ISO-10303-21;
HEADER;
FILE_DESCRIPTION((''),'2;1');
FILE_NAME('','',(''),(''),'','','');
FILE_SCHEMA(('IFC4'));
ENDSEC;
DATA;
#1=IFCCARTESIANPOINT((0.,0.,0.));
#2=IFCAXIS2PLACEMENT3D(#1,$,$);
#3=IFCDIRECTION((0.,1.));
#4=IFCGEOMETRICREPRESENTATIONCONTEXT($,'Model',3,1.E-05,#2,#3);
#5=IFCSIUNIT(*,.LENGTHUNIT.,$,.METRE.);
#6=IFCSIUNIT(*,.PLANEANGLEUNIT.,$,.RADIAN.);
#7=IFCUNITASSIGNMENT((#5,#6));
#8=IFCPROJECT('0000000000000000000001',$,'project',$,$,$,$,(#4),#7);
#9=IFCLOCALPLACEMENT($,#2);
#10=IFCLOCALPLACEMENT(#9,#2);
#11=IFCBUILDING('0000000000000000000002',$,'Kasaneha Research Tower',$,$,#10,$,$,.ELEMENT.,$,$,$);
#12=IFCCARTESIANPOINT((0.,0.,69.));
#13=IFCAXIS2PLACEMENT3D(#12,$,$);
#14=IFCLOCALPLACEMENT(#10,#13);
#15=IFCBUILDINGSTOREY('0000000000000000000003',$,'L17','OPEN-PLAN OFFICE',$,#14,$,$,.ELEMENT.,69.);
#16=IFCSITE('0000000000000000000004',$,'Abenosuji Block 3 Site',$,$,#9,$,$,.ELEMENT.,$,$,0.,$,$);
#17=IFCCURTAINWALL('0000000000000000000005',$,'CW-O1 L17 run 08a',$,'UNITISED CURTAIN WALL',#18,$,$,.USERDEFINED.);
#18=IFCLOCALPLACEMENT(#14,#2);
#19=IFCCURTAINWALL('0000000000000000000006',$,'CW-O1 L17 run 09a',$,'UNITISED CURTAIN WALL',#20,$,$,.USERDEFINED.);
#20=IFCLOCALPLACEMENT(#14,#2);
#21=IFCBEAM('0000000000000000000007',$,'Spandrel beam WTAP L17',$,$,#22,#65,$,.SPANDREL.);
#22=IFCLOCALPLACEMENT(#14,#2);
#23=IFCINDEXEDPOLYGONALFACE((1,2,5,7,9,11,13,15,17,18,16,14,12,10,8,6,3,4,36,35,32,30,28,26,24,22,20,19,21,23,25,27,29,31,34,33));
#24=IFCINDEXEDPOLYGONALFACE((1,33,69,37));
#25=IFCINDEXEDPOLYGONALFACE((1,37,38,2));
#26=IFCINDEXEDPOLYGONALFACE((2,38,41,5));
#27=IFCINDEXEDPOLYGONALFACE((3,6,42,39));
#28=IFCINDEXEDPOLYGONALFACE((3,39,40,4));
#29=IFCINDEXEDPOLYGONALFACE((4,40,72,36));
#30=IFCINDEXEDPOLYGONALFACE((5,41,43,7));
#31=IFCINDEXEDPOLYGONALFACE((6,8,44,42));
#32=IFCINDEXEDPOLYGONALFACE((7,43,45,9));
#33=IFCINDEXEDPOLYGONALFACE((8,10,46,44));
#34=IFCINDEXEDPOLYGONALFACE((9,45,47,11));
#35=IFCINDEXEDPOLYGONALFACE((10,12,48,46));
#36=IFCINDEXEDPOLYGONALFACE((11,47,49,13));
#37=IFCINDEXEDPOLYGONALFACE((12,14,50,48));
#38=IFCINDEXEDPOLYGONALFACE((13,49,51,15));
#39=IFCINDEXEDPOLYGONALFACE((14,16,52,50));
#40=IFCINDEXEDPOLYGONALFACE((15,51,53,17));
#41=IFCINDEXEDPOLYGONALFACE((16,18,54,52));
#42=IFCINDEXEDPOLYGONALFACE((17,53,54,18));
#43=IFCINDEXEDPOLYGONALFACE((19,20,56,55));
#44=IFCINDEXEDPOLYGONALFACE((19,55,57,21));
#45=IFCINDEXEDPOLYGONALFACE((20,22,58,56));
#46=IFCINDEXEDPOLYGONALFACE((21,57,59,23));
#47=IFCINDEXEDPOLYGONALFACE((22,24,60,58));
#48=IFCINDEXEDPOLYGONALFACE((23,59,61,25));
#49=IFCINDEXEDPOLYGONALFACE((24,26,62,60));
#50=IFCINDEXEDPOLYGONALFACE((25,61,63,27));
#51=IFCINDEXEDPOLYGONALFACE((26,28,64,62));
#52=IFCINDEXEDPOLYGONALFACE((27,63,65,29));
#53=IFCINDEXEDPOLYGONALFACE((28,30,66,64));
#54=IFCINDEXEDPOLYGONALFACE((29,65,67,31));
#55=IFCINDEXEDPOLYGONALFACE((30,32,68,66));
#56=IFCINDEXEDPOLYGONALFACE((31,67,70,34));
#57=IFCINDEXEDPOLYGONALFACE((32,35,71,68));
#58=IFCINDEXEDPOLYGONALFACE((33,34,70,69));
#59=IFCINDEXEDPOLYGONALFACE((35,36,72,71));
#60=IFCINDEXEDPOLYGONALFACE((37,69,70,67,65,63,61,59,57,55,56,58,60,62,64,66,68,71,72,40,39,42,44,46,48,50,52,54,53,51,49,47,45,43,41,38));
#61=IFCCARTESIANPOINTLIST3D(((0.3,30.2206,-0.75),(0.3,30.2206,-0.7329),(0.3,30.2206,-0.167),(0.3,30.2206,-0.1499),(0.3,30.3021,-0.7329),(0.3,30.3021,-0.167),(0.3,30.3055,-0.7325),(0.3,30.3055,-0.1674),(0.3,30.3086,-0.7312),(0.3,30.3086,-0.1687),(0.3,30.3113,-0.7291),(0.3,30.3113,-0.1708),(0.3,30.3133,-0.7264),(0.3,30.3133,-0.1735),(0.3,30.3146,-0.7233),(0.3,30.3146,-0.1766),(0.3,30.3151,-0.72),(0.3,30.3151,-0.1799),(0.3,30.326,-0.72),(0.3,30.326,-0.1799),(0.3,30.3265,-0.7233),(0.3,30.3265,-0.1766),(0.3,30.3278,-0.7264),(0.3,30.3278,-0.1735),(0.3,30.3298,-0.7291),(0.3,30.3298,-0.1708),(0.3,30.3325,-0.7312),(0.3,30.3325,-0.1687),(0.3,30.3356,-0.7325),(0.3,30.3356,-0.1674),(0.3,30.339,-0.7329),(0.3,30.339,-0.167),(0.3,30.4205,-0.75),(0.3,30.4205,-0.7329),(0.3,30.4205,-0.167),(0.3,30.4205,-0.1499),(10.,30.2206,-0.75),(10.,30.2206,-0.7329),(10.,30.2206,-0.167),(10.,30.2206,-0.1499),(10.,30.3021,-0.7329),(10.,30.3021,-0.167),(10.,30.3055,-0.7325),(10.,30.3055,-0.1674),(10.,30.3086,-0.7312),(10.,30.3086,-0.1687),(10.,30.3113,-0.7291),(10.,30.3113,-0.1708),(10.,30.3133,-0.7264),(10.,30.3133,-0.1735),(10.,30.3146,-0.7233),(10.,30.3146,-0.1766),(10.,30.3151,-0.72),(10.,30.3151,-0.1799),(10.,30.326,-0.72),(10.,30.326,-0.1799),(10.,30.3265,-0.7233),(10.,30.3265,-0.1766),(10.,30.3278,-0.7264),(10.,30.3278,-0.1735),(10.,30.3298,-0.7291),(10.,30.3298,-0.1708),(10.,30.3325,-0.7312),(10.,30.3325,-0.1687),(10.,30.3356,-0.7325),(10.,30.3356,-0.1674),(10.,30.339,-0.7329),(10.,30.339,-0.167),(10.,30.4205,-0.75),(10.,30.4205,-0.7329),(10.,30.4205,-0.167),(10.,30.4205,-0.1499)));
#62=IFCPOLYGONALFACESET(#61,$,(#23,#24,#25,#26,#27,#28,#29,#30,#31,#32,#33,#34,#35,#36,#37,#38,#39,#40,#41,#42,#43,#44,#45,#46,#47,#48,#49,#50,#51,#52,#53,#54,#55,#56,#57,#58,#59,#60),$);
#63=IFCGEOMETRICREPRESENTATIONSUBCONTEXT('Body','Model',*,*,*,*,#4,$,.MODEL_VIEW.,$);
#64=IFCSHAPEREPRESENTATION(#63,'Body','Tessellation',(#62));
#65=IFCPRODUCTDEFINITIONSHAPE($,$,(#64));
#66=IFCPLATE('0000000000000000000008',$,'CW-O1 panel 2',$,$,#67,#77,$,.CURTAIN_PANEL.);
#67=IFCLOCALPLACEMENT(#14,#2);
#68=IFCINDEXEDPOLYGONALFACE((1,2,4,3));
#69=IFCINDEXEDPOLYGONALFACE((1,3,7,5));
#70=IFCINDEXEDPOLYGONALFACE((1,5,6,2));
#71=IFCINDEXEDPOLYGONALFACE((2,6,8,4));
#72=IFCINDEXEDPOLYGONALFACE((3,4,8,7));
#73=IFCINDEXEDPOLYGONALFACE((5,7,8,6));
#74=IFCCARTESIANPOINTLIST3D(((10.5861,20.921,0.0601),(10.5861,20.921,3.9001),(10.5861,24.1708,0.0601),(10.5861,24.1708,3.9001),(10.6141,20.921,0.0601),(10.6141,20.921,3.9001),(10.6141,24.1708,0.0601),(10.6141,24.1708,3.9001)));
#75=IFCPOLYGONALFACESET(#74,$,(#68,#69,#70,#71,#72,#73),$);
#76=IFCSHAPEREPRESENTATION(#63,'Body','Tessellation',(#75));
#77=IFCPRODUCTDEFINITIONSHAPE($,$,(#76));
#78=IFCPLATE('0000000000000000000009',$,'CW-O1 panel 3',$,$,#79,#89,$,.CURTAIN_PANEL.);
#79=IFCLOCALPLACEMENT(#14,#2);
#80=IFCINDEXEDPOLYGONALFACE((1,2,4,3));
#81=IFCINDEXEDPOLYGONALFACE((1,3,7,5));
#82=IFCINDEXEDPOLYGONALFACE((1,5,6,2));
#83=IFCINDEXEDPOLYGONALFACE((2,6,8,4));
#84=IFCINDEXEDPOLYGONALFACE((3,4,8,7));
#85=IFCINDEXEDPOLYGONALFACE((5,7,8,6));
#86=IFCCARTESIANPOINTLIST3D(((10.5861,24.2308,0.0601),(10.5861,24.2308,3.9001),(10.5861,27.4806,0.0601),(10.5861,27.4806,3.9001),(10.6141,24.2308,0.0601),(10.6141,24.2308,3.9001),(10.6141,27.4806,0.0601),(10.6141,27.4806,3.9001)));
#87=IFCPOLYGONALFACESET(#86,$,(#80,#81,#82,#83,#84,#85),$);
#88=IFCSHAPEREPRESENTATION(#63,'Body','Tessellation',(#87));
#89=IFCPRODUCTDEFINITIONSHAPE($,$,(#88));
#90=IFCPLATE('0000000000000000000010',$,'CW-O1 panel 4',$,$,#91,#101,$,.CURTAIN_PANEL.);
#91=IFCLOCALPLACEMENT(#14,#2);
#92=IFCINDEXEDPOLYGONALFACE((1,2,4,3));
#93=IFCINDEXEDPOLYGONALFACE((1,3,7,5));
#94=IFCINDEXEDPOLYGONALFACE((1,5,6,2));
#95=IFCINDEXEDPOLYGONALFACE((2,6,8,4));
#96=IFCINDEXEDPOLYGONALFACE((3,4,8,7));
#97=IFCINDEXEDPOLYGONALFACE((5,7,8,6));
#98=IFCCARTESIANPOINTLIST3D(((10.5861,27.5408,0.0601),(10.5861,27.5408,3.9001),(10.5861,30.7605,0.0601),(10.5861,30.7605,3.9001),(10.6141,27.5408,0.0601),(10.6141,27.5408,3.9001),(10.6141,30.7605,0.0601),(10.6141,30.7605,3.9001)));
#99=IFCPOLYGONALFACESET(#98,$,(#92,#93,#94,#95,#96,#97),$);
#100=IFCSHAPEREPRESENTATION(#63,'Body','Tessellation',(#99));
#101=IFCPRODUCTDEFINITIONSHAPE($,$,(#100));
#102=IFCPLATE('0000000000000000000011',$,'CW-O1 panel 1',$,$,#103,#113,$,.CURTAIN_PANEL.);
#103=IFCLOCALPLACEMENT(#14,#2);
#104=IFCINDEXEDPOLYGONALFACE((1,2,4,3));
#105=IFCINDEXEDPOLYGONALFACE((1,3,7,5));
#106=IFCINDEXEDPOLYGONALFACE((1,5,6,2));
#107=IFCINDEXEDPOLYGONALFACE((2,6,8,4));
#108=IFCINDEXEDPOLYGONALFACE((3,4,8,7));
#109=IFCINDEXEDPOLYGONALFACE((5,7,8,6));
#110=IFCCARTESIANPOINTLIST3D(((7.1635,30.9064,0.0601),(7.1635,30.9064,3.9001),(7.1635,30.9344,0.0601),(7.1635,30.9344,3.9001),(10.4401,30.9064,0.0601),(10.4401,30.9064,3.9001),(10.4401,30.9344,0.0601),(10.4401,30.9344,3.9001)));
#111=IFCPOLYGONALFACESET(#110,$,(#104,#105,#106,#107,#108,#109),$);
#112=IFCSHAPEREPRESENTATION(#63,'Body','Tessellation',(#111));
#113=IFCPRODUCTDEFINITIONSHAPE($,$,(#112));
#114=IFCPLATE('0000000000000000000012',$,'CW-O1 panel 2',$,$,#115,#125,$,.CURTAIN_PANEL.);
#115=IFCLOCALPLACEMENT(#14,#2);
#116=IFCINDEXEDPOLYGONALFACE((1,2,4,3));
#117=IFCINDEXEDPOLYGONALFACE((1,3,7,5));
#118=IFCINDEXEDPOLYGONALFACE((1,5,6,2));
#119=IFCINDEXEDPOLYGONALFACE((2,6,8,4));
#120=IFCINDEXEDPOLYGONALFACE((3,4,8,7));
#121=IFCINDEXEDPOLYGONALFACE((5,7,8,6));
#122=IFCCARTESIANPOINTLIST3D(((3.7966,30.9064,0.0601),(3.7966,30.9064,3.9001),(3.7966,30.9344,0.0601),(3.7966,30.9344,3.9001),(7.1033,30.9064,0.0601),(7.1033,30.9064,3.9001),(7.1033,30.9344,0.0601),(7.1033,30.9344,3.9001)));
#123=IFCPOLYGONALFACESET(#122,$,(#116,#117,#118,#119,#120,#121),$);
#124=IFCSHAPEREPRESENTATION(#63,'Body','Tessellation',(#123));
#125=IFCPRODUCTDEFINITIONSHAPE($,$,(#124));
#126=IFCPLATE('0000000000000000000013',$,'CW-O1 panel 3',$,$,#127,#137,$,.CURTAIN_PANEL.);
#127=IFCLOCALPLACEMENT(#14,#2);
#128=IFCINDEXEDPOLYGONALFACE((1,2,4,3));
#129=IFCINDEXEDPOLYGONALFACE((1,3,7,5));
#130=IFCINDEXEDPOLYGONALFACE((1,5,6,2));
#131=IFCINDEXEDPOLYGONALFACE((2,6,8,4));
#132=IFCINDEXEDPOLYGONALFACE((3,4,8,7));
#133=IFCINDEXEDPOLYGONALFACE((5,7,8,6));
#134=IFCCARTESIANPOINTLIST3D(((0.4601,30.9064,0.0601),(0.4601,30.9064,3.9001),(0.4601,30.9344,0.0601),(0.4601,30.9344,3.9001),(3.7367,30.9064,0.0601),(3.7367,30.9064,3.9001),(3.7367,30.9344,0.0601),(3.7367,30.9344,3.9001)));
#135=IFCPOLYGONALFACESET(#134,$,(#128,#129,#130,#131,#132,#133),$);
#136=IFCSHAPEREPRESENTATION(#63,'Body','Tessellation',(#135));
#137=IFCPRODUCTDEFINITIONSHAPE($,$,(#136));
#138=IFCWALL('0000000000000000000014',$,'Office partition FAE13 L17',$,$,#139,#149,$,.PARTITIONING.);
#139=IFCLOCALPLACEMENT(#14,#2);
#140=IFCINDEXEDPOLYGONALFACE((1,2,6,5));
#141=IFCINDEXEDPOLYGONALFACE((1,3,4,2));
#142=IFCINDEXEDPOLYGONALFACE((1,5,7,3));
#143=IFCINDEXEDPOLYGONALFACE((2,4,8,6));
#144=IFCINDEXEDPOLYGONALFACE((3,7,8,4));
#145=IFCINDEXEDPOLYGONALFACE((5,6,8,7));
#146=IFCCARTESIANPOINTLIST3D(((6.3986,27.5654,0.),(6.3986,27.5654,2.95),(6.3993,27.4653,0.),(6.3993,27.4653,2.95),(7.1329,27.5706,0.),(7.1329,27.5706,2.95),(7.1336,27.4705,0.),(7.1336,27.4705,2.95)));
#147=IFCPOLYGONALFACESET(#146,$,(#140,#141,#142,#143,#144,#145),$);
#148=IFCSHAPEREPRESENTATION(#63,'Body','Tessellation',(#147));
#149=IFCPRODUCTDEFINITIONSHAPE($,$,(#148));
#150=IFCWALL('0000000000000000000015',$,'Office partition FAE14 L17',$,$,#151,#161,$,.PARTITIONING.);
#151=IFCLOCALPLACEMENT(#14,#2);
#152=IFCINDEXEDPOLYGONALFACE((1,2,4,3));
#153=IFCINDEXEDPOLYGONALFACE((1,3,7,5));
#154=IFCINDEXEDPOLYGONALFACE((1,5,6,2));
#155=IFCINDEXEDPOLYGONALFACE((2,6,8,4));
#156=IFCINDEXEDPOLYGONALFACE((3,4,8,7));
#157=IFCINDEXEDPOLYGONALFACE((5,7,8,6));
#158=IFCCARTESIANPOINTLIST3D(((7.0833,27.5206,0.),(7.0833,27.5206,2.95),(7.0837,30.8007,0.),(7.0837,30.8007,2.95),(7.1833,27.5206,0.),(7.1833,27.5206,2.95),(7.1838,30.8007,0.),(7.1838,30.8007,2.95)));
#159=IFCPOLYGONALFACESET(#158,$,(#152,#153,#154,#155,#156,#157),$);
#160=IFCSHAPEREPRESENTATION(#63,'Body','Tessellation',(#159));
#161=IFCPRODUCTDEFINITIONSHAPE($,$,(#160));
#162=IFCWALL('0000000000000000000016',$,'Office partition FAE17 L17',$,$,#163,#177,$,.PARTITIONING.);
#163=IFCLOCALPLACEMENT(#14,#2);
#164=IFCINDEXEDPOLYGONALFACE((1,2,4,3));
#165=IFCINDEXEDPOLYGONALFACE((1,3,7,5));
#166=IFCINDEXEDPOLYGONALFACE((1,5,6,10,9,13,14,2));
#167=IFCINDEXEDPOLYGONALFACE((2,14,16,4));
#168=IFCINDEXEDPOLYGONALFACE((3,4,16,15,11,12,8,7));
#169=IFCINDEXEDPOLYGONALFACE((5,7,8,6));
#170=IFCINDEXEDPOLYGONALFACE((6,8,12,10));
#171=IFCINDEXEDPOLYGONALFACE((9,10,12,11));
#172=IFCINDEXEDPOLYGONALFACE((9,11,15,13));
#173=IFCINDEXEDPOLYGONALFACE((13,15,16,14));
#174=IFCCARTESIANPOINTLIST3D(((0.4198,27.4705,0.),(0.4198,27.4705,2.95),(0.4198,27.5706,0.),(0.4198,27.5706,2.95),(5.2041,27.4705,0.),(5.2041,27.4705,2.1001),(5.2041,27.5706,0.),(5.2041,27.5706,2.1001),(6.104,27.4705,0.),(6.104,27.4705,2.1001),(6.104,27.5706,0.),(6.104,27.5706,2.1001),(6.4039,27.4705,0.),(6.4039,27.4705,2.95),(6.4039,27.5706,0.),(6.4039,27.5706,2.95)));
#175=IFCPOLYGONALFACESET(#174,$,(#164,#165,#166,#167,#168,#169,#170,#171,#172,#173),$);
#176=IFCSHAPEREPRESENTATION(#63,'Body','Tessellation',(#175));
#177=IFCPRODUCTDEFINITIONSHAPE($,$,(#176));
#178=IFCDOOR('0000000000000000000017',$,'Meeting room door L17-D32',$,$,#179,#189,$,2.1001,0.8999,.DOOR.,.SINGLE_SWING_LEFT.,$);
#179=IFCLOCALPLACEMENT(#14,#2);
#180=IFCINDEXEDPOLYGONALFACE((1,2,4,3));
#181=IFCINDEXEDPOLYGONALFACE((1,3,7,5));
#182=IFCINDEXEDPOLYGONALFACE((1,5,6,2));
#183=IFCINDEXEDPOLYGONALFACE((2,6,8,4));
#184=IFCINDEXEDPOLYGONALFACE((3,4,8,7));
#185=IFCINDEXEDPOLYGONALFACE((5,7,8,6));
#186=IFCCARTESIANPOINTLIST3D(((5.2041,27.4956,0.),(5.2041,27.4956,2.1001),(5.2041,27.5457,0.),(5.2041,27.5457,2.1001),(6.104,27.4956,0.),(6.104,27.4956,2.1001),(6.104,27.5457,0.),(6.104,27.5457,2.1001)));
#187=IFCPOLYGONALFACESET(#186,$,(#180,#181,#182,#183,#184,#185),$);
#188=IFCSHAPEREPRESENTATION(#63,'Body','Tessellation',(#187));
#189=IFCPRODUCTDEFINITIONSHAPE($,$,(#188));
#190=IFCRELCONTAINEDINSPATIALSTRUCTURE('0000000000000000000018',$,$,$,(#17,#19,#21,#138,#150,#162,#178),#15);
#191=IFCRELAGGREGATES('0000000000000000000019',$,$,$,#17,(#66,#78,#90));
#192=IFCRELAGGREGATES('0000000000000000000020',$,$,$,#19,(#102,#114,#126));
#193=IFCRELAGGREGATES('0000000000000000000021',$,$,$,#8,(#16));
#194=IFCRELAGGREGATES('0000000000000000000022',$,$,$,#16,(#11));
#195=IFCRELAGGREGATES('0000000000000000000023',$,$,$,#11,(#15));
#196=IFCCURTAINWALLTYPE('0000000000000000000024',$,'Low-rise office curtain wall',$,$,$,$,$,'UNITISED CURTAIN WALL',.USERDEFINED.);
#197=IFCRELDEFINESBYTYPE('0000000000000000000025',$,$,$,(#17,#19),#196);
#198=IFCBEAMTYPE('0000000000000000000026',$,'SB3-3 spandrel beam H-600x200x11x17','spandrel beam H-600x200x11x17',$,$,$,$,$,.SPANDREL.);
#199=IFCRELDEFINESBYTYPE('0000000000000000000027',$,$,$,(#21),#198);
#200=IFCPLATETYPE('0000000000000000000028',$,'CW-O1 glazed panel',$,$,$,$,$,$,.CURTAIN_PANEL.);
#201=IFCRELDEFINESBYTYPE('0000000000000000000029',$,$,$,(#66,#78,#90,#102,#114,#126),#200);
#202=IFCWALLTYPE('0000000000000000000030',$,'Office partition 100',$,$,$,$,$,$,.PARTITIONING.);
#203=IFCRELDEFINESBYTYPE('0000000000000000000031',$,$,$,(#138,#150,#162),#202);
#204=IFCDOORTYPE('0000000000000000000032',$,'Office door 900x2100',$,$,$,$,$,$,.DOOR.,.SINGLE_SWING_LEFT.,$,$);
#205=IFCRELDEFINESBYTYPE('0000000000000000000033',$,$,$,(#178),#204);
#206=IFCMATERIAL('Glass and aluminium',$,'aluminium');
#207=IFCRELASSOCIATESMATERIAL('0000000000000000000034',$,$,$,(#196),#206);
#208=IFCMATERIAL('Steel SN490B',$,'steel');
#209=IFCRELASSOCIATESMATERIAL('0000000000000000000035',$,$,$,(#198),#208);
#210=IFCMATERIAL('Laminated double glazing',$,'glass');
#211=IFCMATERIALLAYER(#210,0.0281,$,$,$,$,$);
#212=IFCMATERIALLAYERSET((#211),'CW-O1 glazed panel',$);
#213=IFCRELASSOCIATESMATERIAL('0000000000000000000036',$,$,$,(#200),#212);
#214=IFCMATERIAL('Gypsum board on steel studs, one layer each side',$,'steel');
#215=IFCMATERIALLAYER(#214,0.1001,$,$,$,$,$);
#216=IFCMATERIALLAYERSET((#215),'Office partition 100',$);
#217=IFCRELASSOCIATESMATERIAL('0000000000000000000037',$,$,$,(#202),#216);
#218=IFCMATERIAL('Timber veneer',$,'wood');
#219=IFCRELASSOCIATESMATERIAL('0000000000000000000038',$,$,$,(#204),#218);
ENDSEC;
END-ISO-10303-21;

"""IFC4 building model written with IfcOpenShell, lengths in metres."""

from ifc_helpers import new_model, si_unit, direction, frame, frame_2d, origin, origin_2d, place, context, subcontext, project, spatial, rectangle, i_section, extrude, material, layer, layer_set, material_profile, profile_set, type_object, element, fill, aggregate, save


model = new_model("IFC4")

# Units and contexts
model_context = context("Model", 3, precision=1e-05, world=origin(), true_north=direction((0.0, 1.0)))
body_context = subcontext(model_context, "Body", "Model", "MODEL_VIEW")
ifc_project = project(units=[si_unit("LENGTHUNIT", "METRE"), si_unit("PLANEANGLEUNIT", "RADIAN")], contexts=[model_context])

# Site, building, storey
site_placement = place(None, origin())
site = spatial("IfcSite", under=ifc_project, at=site_placement, Name="Abenosuji Block 3 Site", CompositionType="ELEMENT", RefElevation=0.0)
building_placement = place(site_placement, origin())
building = spatial("IfcBuilding", under=site, at=building_placement, Name="Kasaneha Research Tower", CompositionType="ELEMENT")
storey_placement = place(building_placement, frame((0.0, 0.0, 69.0)))
storey = spatial("IfcBuildingStorey", under=building, at=storey_placement, Name="L17", Description="OPEN-PLAN OFFICE", CompositionType="ELEMENT", Elevation=69.0)

# Curtain walls
ifc_material_1 = material(Name="Glass and aluminium", Category="aluminium")
curtain_wall_type = type_object("IfcCurtainWallType", Name="Low-rise office curtain wall", ElementType="UNITISED CURTAIN WALL", PredefinedType="USERDEFINED", material=ifc_material_1)
curtain_wall_1_placement = place(storey_placement, origin())
curtain_wall_1 = element("IfcCurtainWall", 1, at=curtain_wall_1_placement, inside=storey, type_object=curtain_wall_type, Name="CW-O1 L17 run 08a", ObjectType="UNITISED CURTAIN WALL", PredefinedType="USERDEFINED")
curtain_wall_2_placement = place(storey_placement, origin())
curtain_wall_2 = element("IfcCurtainWall", 2, at=curtain_wall_2_placement, inside=storey, type_object=curtain_wall_type, Name="CW-O1 L17 run 09a", ObjectType="UNITISED CURTAIN WALL", PredefinedType="USERDEFINED")

# Beam
ifc_material_2 = material(Name="Steel SN490B", Category="steel")
ifc_material_profile_1 = material_profile(ifc_material_2, i_section(OverallWidth=0.2, OverallDepth=0.6001, WebThickness=0.011, FlangeThickness=0.0171, FilletRadius=0.0129, at=origin_2d()), Name="H-600x200x11x17")
ifc_profile_set_1 = profile_set([ifc_material_profile_1], Name="Steel SN490B")
beam_type_1 = type_object("IfcBeamType", Name="SB3-3 spandrel beam H-600x200x11x17", Description="spandrel beam H-600x200x11x17", PredefinedType="SPANDREL", material=ifc_profile_set_1)
beam_1_placement = place(storey_placement, frame((10.0, 30.3206, -0.45), z_axis=(-1.0, 0.0, 0.0), x_axis=(0.0, -1.0, 0.0)))
element("IfcBeam", 3, at=beam_1_placement, inside=storey, type_object=beam_type_1, Name="Spandrel beam WTAP L17", PredefinedType="SPANDREL", context=body_context, shape_type="SweptSolid", body=[
    extrude(i_section(OverallWidth=0.2, OverallDepth=0.6001, WebThickness=0.011, FlangeThickness=0.0171, FilletRadius=0.0129, at=origin_2d()), origin(), (0.0, 0.0, 1.0), 9.7),
])

# Plates
ifc_material_3 = material(Name="Laminated double glazing", Category="glass")
ifc_layer_1 = layer(ifc_material_3, 0.0281)
ifc_layer_set_1 = layer_set([ifc_layer_1], Name="CW-O1 glazed panel")
plate_type = type_object("IfcPlateType", Name="CW-O1 glazed panel", PredefinedType="CURTAIN_PANEL", material=ifc_layer_set_1)
plate_1_placement = place(storey_placement, frame((10.6001, 22.5459, 0.0601), z_axis=(0.0, 0.0, 1.0), x_axis=(0.0, 1.0, 0.0)))
plate_1 = element("IfcPlate", 4, at=plate_1_placement, type_object=plate_type, Name="CW-O1 panel 2", PredefinedType="CURTAIN_PANEL", context=body_context, shape_type="SweptSolid", body=[
    extrude(rectangle(XDim=3.2498, YDim=0.0281, at=origin_2d()), origin(), (0.0, 0.0, 1.0), 3.8401),
])
plate_2_placement = place(storey_placement, frame((10.6001, 25.8557, 0.0601), z_axis=(0.0, 0.0, 1.0), x_axis=(0.0, 1.0, 0.0)))
plate_2 = element("IfcPlate", 5, at=plate_2_placement, type_object=plate_type, Name="CW-O1 panel 3", PredefinedType="CURTAIN_PANEL", context=body_context, shape_type="SweptSolid", body=[
    extrude(rectangle(XDim=3.2498, YDim=0.0281, at=origin_2d()), origin(), (0.0, 0.0, 1.0), 3.8401),
])
plate_3_placement = place(storey_placement, frame((10.6001, 29.1506, 0.0601), z_axis=(0.0, 0.0, 1.0), x_axis=(0.0, 1.0, 0.0)))
plate_3 = element("IfcPlate", 6, at=plate_3_placement, type_object=plate_type, Name="CW-O1 panel 4", PredefinedType="CURTAIN_PANEL", context=body_context, shape_type="SweptSolid", body=[
    extrude(rectangle(XDim=3.2197, YDim=0.0281, at=origin_2d()), origin(), (0.0, 0.0, 1.0), 3.8401),
])
aggregate(curtain_wall_1, [plate_1, plate_2, plate_3])
plate_4_placement = place(storey_placement, frame((8.8018, 30.9204, 0.0601), z_axis=(0.0, 0.0, 1.0), x_axis=(-1.0, 0.0, 0.0)))
plate_4 = element("IfcPlate", 7, at=plate_4_placement, type_object=plate_type, Name="CW-O1 panel 1", PredefinedType="CURTAIN_PANEL", context=body_context, shape_type="SweptSolid", body=[
    extrude(rectangle(XDim=3.2766, YDim=0.0281, at=origin_2d()), origin(), (0.0, 0.0, 1.0), 3.8401),
])
plate_5_placement = place(storey_placement, frame((5.45, 30.9204, 0.0601), z_axis=(0.0, 0.0, 1.0), x_axis=(-1.0, 0.0, 0.0)))
plate_5 = element("IfcPlate", 8, at=plate_5_placement, type_object=plate_type, Name="CW-O1 panel 2", PredefinedType="CURTAIN_PANEL", context=body_context, shape_type="SweptSolid", body=[
    extrude(rectangle(XDim=3.3066, YDim=0.0281, at=origin_2d()), origin(), (0.0, 0.0, 1.0), 3.8401),
])
plate_6_placement = place(storey_placement, frame((2.0984, 30.9204, 0.0601), z_axis=(0.0, 0.0, 1.0), x_axis=(-1.0, 0.0, 0.0)))
plate_6 = element("IfcPlate", 9, at=plate_6_placement, type_object=plate_type, Name="CW-O1 panel 3", PredefinedType="CURTAIN_PANEL", context=body_context, shape_type="SweptSolid", body=[
    extrude(rectangle(XDim=3.2766, YDim=0.0281, at=origin_2d()), origin(), (0.0, 0.0, 1.0), 3.8401),
])
aggregate(curtain_wall_2, [plate_4, plate_5, plate_6])

# Walls
ifc_material_4 = material(Name="Gypsum board on steel studs, one layer each side", Category="steel")
ifc_layer_2 = layer(ifc_material_4, 0.1001)
ifc_layer_set_2 = layer_set([ifc_layer_2], Name="Office partition 100")
wall_type = type_object("IfcWallType", Name="Office partition 100", PredefinedType="PARTITIONING", material=ifc_layer_set_2)
wall_1_placement = place(storey_placement, frame((6.3989, 27.5154, 0.0), z_axis=(0.0, 0.0, 1.0), x_axis=(0.999976, 0.006981, 0.0)))
element("IfcWall", 10, at=wall_1_placement, inside=storey, type_object=wall_type, Name="Office partition FAE13 L17", PredefinedType="PARTITIONING", context=body_context, shape_type="SweptSolid", body=[
    extrude(rectangle(XDim=0.7344, YDim=0.1001, at=frame_2d((0.3672, 0.0))), origin(), (0.0, 0.0, 1.0), 2.95),
])
wall_2_placement = place(storey_placement, frame((7.1333, 27.5205, 0.0), z_axis=(0.0, 0.0, 1.0), x_axis=(0.000149, 1.0, 0.0)))
element("IfcWall", 11, at=wall_2_placement, inside=storey, type_object=wall_type, Name="Office partition FAE14 L17", PredefinedType="PARTITIONING", context=body_context, shape_type="SweptSolid", body=[
    extrude(rectangle(XDim=3.28, YDim=0.1001, at=frame_2d((1.6401, 0.0))), origin(), (0.0, 0.0, 1.0), 2.95),
])

# Wall, opening, door
wall_3_placement = place(storey_placement, frame((6.4041, 27.5205, 0.0), z_axis=(0.0, 0.0, 1.0), x_axis=(-1.0, 0.0, 0.0)))
wall_3 = element("IfcWall", 12, at=wall_3_placement, inside=storey, type_object=wall_type, Name="Office partition FAE17 L17", PredefinedType="PARTITIONING", context=body_context, shape_type="SweptSolid", body=[
    extrude(rectangle(XDim=5.9841, YDim=0.1001, at=frame_2d((2.9922, 0.0))), origin(), (0.0, 0.0, 1.0), 2.95),
])
opening_placement = place(wall_3_placement, frame((0.3, 0.0, 0.0)))
opening = element("IfcOpeningElement", 13, at=opening_placement, cuts=wall_3, PredefinedType="OPENING", context=body_context, shape_type="SweptSolid", body=[
    extrude(rectangle(XDim=0.8999, YDim=2.1001, at=frame_2d((0.45, 1.05))), frame((0.0, 0.0601, 0.0), z_axis=(0.0, -1.0, 0.0), x_axis=(1.0, 0.0, 0.0)), (0.0, 0.0, 1.0), 0.1201),
])
ifc_material_5 = material(Name="Timber veneer", Category="wood")
door_type = type_object("IfcDoorType", Name="Office door 900x2100", OperationType="SINGLE_SWING_LEFT", PredefinedType="DOOR", material=ifc_material_5)
door_placement = place(opening_placement, origin())
door = element("IfcDoor", 14, at=door_placement, inside=storey, type_object=door_type, Name="Meeting room door L17-D32", OperationType="SINGLE_SWING_LEFT", OverallHeight=2.1001, OverallWidth=0.8999, PredefinedType="DOOR", context=body_context, shape_type="SweptSolid", body=[
    extrude(rectangle(XDim=0.8999, YDim=2.1001, at=frame_2d((0.45, 1.05))), frame((0.0, 0.0249, 0.0), z_axis=(0.0, -1.0, 0.0), x_axis=(1.0, 0.0, 0.0)), (0.0, 0.0, 1.0), 0.05),
])
fill(opening, door)

save(model, "model.ifc")
